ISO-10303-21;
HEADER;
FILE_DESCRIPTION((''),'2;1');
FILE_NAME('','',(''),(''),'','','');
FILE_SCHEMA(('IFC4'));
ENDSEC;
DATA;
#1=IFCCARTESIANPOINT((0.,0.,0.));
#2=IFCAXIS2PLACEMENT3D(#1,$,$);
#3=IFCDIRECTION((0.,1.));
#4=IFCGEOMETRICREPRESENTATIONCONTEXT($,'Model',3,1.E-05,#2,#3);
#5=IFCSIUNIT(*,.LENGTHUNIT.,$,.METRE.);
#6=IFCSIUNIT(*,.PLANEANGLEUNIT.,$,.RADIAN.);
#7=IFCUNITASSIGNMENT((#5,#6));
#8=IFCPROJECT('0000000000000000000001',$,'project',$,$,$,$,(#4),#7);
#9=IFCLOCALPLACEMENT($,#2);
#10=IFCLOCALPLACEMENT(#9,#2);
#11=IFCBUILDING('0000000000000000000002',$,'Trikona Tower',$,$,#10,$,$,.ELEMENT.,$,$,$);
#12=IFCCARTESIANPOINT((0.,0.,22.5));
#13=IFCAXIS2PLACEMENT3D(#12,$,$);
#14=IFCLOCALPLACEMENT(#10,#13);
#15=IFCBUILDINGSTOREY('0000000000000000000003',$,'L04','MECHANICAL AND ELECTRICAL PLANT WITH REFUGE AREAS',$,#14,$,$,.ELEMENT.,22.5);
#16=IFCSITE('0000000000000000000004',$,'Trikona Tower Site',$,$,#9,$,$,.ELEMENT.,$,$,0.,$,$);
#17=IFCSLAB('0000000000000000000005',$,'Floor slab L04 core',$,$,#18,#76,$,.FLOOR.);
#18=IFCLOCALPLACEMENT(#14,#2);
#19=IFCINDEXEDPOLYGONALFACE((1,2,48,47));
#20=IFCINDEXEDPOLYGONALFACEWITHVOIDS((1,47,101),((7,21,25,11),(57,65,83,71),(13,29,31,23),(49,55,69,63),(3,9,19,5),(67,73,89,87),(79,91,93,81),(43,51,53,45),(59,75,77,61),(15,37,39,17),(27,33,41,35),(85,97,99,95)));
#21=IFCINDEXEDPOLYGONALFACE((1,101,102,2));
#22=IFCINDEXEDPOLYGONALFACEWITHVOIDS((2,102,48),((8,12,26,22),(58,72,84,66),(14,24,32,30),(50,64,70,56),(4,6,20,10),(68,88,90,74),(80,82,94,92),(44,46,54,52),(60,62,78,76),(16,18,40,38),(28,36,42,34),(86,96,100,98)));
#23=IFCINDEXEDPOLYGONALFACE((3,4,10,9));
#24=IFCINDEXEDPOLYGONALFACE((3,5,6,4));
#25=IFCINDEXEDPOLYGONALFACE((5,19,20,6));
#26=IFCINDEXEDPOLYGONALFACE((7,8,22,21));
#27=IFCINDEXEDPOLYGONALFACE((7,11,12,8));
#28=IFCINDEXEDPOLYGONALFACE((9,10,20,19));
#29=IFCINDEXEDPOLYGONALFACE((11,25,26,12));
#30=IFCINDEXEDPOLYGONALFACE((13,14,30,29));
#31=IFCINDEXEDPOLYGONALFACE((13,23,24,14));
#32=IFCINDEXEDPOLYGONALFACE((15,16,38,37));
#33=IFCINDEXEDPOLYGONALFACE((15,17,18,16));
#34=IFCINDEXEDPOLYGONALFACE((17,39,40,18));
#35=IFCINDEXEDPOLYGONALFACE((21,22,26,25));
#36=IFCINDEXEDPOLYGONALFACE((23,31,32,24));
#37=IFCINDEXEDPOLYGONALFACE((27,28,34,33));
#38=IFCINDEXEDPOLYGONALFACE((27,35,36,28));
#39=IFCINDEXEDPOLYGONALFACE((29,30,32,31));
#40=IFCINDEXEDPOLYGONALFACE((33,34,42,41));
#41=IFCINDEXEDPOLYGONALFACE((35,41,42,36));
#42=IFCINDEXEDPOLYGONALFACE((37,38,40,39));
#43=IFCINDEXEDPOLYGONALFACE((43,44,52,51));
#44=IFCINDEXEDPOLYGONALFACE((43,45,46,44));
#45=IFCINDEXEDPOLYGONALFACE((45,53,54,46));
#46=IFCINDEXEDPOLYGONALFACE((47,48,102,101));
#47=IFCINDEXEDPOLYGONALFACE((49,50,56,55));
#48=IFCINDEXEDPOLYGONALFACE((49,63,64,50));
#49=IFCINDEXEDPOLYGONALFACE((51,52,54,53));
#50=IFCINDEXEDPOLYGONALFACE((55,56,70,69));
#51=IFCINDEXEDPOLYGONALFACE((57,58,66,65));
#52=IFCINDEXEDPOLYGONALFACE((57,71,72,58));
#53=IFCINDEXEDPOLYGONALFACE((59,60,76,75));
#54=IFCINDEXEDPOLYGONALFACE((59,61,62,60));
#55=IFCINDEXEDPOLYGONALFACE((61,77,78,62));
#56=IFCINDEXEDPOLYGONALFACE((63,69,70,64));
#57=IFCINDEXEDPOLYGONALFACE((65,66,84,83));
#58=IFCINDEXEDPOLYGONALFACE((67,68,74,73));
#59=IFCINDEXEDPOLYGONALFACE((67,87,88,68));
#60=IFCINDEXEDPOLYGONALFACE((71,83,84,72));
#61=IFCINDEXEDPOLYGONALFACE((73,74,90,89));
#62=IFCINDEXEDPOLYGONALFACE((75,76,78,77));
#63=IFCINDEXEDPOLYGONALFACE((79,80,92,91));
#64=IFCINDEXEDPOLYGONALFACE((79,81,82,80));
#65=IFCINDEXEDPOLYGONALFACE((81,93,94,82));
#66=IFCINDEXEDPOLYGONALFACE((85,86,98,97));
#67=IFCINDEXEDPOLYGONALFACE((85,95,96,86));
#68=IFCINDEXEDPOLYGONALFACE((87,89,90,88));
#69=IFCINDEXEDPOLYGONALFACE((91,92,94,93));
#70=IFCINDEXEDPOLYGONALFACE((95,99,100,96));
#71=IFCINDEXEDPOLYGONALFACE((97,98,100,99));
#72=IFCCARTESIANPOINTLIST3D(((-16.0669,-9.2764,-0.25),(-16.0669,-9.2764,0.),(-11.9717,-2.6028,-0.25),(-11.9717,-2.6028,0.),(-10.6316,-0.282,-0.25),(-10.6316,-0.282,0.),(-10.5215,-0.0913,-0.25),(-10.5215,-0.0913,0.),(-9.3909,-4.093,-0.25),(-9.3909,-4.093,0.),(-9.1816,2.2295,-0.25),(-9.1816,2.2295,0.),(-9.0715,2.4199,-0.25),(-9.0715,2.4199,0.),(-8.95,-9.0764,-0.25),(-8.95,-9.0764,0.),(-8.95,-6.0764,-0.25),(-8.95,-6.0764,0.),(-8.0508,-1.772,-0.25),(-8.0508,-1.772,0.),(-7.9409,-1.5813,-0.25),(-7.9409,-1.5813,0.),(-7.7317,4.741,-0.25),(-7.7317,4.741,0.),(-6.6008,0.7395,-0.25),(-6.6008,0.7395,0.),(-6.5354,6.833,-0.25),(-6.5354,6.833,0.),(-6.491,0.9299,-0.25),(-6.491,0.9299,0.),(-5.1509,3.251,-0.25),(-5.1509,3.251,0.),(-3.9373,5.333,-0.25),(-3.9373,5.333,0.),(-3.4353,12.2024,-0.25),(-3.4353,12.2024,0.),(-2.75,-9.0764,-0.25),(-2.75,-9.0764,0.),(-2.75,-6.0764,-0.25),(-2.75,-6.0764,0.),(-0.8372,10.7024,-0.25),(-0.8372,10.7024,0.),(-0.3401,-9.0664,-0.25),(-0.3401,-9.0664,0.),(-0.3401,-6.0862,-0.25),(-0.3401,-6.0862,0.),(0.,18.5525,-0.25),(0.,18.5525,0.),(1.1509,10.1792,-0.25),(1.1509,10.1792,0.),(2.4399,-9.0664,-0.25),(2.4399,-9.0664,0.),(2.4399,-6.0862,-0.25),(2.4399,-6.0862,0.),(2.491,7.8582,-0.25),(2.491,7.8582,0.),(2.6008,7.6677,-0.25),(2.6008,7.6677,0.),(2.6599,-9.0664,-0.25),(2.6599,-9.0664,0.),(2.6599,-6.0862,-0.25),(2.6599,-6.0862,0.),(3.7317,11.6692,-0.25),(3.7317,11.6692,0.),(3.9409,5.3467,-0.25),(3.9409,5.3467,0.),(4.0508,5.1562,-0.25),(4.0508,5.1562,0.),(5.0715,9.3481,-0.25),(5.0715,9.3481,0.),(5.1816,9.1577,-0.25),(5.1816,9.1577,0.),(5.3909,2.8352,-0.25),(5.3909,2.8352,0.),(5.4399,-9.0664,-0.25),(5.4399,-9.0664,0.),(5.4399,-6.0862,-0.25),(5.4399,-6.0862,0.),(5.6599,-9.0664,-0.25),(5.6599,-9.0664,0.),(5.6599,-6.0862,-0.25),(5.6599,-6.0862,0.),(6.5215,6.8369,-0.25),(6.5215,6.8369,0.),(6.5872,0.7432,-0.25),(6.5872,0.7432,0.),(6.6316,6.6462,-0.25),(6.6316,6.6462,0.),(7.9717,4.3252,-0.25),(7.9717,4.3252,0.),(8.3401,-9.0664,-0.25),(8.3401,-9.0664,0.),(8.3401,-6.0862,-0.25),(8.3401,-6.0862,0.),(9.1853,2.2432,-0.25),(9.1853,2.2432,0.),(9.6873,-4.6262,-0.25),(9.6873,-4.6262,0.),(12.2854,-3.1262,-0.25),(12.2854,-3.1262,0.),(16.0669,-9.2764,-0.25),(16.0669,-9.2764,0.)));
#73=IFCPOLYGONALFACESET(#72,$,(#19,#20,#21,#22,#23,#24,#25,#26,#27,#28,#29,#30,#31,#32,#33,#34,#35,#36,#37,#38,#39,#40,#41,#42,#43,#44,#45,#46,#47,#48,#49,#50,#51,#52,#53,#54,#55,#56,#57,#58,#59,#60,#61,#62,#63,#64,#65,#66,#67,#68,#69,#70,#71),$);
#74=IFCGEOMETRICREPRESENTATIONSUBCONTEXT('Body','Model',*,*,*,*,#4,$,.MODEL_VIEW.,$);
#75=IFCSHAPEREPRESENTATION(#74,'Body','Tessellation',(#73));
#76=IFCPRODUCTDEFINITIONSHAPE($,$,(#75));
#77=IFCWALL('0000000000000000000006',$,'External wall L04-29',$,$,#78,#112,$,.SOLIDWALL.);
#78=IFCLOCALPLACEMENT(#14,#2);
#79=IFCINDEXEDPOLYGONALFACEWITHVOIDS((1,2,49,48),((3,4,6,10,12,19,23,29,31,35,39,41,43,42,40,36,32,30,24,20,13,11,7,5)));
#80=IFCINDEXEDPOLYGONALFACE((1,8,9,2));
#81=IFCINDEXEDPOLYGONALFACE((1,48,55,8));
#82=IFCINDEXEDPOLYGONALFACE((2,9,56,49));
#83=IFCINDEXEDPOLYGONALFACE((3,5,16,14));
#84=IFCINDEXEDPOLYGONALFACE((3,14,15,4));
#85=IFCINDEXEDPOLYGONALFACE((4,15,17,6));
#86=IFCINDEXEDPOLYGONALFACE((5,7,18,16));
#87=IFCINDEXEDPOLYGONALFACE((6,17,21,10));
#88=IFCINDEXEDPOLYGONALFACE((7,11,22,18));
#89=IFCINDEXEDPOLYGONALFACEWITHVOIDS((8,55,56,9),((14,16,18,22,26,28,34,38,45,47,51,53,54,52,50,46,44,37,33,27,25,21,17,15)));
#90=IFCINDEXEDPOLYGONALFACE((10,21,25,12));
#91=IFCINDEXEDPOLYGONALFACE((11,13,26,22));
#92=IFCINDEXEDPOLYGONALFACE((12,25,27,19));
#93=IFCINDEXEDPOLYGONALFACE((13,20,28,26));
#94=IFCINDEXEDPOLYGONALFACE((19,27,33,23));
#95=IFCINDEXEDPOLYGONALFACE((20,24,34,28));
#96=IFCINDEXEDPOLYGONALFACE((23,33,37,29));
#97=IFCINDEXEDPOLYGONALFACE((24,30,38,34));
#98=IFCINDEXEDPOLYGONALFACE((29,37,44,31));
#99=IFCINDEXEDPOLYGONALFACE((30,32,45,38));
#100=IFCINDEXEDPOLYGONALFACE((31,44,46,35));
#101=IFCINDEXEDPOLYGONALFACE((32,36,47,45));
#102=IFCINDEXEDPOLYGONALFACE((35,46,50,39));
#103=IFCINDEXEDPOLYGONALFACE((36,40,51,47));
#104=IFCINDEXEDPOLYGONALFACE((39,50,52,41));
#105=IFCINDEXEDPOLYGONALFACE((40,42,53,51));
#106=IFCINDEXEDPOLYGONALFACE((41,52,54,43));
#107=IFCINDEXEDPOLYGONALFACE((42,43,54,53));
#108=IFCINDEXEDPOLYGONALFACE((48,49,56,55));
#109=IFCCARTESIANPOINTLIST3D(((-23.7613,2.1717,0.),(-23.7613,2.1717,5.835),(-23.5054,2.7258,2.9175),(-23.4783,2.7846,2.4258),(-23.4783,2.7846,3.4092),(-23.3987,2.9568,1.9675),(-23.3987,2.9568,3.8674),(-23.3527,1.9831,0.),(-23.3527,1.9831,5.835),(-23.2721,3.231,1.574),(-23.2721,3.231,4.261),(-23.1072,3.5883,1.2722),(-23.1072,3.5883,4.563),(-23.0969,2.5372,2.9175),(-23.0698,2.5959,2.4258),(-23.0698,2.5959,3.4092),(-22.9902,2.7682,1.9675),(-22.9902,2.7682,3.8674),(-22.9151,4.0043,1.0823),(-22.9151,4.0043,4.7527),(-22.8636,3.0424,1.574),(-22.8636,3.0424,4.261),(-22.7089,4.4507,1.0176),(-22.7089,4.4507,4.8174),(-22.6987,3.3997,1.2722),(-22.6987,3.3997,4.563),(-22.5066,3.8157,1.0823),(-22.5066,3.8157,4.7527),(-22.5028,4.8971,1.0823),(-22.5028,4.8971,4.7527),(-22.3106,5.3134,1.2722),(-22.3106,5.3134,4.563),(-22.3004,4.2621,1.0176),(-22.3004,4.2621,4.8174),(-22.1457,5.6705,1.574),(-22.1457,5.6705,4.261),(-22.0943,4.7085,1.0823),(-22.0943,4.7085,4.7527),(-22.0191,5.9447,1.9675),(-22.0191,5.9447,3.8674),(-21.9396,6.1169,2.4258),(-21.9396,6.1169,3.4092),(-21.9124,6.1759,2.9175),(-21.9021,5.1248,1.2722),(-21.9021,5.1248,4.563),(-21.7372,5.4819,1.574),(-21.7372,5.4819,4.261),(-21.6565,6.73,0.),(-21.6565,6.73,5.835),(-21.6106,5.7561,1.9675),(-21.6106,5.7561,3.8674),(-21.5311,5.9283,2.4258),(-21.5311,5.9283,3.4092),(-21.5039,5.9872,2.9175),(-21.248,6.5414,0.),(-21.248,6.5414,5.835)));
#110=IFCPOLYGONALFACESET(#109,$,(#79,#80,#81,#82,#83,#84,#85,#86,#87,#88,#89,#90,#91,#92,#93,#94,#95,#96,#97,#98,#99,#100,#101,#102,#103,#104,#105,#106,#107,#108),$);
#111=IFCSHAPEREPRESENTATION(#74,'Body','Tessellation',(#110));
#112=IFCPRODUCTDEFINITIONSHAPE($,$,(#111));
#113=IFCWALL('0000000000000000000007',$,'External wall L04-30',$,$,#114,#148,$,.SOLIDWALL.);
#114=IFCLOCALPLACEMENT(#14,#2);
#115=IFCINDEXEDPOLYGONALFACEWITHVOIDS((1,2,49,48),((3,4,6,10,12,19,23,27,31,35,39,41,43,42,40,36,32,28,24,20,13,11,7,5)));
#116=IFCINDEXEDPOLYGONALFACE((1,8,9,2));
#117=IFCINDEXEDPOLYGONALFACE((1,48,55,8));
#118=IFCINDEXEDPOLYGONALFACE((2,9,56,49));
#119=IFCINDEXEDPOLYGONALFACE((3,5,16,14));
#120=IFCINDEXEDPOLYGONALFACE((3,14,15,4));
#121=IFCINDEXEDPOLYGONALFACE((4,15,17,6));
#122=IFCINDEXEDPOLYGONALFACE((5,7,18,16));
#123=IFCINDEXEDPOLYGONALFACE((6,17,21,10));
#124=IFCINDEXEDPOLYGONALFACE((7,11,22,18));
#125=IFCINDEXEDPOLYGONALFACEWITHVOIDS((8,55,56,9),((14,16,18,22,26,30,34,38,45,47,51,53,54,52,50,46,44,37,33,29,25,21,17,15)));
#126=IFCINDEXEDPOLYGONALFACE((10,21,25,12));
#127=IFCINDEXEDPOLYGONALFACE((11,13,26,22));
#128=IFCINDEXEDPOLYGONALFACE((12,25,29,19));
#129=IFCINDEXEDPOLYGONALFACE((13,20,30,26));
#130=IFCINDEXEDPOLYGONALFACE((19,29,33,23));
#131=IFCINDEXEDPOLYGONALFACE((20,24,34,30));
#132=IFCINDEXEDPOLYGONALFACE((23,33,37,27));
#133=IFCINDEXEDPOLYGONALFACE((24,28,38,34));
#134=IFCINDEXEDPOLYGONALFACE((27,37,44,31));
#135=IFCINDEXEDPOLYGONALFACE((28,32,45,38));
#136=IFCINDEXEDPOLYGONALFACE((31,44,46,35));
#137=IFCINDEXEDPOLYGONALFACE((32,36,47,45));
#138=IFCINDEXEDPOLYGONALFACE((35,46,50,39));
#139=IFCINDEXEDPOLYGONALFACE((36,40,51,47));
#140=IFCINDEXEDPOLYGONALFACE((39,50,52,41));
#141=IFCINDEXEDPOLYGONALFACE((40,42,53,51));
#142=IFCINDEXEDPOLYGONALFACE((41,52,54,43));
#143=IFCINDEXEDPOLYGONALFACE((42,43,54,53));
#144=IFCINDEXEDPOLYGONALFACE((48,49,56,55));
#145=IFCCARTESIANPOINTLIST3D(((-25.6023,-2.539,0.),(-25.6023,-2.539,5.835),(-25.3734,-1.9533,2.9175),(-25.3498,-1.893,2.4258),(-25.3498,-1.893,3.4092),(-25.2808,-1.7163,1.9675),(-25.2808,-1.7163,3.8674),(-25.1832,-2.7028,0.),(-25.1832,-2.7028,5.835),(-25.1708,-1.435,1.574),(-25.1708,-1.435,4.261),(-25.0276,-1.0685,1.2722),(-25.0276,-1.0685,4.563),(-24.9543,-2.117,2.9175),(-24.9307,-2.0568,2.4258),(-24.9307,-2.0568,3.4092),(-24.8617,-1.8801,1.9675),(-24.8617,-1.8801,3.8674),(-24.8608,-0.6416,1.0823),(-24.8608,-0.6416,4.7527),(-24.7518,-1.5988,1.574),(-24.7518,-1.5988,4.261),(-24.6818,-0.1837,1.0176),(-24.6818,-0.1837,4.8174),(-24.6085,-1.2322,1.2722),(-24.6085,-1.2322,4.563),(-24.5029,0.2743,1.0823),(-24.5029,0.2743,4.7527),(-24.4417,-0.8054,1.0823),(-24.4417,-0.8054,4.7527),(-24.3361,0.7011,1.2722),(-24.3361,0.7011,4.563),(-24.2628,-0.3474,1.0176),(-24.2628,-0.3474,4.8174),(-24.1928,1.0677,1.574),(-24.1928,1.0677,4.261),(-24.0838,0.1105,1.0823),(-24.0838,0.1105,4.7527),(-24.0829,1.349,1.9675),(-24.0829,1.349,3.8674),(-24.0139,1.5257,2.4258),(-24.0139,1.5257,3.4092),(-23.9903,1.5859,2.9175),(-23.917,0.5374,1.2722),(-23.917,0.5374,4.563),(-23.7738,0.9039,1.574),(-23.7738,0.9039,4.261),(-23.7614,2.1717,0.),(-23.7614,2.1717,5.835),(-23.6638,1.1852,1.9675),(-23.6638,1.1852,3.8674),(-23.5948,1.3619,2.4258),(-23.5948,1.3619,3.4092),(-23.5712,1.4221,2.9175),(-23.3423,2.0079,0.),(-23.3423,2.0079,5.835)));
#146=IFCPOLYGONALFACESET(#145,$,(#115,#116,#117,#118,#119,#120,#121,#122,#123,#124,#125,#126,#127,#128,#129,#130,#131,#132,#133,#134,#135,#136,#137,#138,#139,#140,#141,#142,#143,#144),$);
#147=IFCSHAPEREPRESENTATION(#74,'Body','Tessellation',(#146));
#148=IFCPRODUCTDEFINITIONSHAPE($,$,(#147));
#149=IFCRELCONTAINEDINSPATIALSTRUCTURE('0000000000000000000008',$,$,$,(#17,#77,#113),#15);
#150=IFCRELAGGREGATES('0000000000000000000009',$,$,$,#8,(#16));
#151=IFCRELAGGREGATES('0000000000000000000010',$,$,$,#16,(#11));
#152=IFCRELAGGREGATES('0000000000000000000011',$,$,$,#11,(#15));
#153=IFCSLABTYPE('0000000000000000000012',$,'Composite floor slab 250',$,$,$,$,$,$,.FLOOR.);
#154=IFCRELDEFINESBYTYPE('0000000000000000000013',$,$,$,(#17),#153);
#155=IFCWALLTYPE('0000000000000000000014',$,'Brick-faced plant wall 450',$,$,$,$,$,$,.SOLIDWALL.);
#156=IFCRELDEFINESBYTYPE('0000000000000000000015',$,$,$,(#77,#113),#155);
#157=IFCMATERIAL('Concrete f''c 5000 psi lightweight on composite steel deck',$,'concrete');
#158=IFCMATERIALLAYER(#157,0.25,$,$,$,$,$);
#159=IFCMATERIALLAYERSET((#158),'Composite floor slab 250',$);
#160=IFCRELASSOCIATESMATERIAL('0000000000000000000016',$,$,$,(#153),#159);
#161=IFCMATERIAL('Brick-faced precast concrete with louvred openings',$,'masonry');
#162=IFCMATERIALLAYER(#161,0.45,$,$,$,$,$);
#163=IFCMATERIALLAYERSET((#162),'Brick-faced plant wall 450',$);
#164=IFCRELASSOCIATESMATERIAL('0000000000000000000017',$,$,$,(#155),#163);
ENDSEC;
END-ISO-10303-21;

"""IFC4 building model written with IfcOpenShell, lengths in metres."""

from ifc_helpers import new_model, si_unit, direction, frame, origin, place, context, subcontext, project, spatial, polyline, outline, extrude, material, layer, layer_set, type_object, element, save


model = new_model("IFC4")

# Units and contexts
model_context = context("Model", 3, precision=1e-05, world=origin(), true_north=direction((0.0, 1.0)))
body_context = subcontext(model_context, "Body", "Model", "MODEL_VIEW")
ifc_project = project(units=[si_unit("LENGTHUNIT", "METRE"), si_unit("PLANEANGLEUNIT", "RADIAN")], contexts=[model_context])

# Site, building, storey
site_placement = place(None, origin())
site = spatial("IfcSite", under=ifc_project, at=site_placement, Name="Trikona Tower Site", CompositionType="ELEMENT", RefElevation=0.0)
building_placement = place(site_placement, origin())
building = spatial("IfcBuilding", under=site, at=building_placement, Name="Trikona Tower", CompositionType="ELEMENT")
storey_placement = place(building_placement, frame((0.0, 0.0, 22.5)))
storey = spatial("IfcBuildingStorey", under=building, at=storey_placement, Name="L04", Description="MECHANICAL AND ELECTRICAL PLANT WITH REFUGE AREAS", CompositionType="ELEMENT", Elevation=22.5)

# Slab
ifc_material_1 = material(Name="Concrete f'c 5000 psi lightweight on composite steel deck", Category="concrete")
ifc_layer_1 = layer(ifc_material_1, 0.25)
ifc_layer_set_1 = layer_set([ifc_layer_1], Name="Composite floor slab 250")
slab_type = type_object("IfcSlabType", Name="Composite floor slab 250", PredefinedType="FLOOR", material=ifc_layer_set_1)
slab_placement = place(storey_placement, frame((0.0, 0.0, -0.25)))
element("IfcSlab", 1, at=slab_placement, inside=storey, type_object=slab_type, Name="Floor slab L04 core", PredefinedType="FLOOR", context=body_context, shape_type="SweptSolid", body=[
    extrude(outline(polyline([(-16.0669, -9.2764), (16.0669, -9.2764), (0.0, 18.5525), (-16.0669, -9.2764)]), holes=[polyline([(12.2854, -3.1262), (9.1853, 2.2432), (6.5872, 0.7432), (9.6873, -4.6262), (12.2854, -3.1262)]), polyline([(8.3401, -9.0664), (8.3401, -6.0862), (5.6599, -6.0862), (5.6599, -9.0664), (8.3401, -9.0664)]), polyline([(5.3909, 2.8352), (7.9717, 4.3252), (6.6316, 6.6462), (4.0508, 5.1562), (5.3909, 2.8352)]), polyline([(2.6008, 7.6677), (3.9409, 5.3467), (6.5215, 6.8369), (5.1816, 9.1577), (2.6008, 7.6677)]), polyline([(5.4399, -6.0862), (2.6599, -6.0862), (2.6599, -9.0664), (5.4399, -9.0664), (5.4399, -6.0862)]), polyline([(3.7317, 11.6692), (1.1509, 10.1792), (2.491, 7.8582), (5.0715, 9.3481), (3.7317, 11.6692)]), polyline([(-0.3401, -6.0862), (-0.3401, -9.0664), (2.4399, -9.0664), (2.4399, -6.0862), (-0.3401, -6.0862)]), polyline([(-3.4353, 12.2024), (-6.5354, 6.833), (-3.9373, 5.333), (-0.8372, 10.7024), (-3.4353, 12.2024)]), polyline([(-8.95, -9.0764), (-2.75, -9.0764), (-2.75, -6.0764), (-8.95, -6.0764), (-8.95, -9.0764)]), polyline([(-5.1509, 3.251), (-7.7317, 4.741), (-9.0715, 2.4199), (-6.491, 0.9299), (-5.1509, 3.251)]), polyline([(-7.9409, -1.5813), (-6.6008, 0.7395), (-9.1816, 2.2295), (-10.5215, -0.0913), (-7.9409, -1.5813)]), polyline([(-11.9717, -2.6028), (-9.3909, -4.093), (-8.0508, -1.772), (-10.6316, -0.282), (-11.9717, -2.6028)])]), origin(), (0.0, 0.0, 1.0), 0.25),
])

# Walls
ifc_material_2 = material(Name="Brick-faced precast concrete with louvred openings", Category="masonry")
ifc_layer_2 = layer(ifc_material_2, 0.45)
ifc_layer_set_2 = layer_set([ifc_layer_2], Name="Brick-faced plant wall 450")
wall_type_1 = type_object("IfcWallType", Name="Brick-faced plant wall 450", PredefinedType="SOLIDWALL", material=ifc_layer_set_2)
wall_1_placement = place(storey_placement, frame((-21.4524, 6.6357, 0.0), z_axis=(0.0, 0.0, 1.0), x_axis=(-0.419203, -0.907892, 0.0)))
element("IfcWall", 2, at=wall_1_placement, inside=storey, type_object=wall_type_1, Name="External wall L04-29", PredefinedType="SOLIDWALL", context=body_context, shape_type="SweptSolid", body=[
    extrude(outline(polyline([(0.0, 0.0), (5.0208, 0.0), (5.0208, 5.835), (0.0, 5.835), (0.0, 0.0)]), holes=[polyline([(4.4104, 2.9175), (4.3457, 3.4092), (4.156, 3.8674), (3.854, 4.261), (3.4604, 4.563), (3.0022, 4.7527), (2.5105, 4.8174), (2.0188, 4.7527), (1.5603, 4.563), (1.167, 4.261), (0.865, 3.8674), (0.6753, 3.4092), (0.6104, 2.9175), (0.6753, 2.4258), (0.865, 1.9675), (1.167, 1.574), (1.5603, 1.2722), (2.0188, 1.0823), (2.5105, 1.0176), (3.0022, 1.0823), (3.4604, 1.2722), (3.854, 1.574), (4.156, 1.9675), (4.3457, 2.4258), (4.4104, 2.9175)])]), frame((0.0, 0.2251, 0.0), z_axis=(0.0, -1.0, 0.0), x_axis=(1.0, 0.0, 0.0)), (0.0, 0.0, 1.0), 0.45),
])
wall_2_placement = place(storey_placement, frame((-23.552, 2.0898, 0.0), z_axis=(0.0, 0.0, 1.0), x_axis=(-0.363972, -0.93141, 0.0)))
element("IfcWall", 3, at=wall_2_placement, inside=storey, type_object=wall_type_1, Name="External wall L04-30", PredefinedType="SOLIDWALL", context=body_context, shape_type="SweptSolid", body=[
    extrude(outline(polyline([(0.0, 0.0), (5.0576, 0.0), (5.0576, 5.835), (0.0, 5.835), (0.0, 0.0)]), holes=[polyline([(4.4287, 2.9175), (4.364, 3.4092), (4.1743, 3.8674), (3.8723, 4.261), (3.4788, 4.563), (3.0205, 4.7527), (2.5288, 4.8174), (2.0371, 4.7527), (1.5789, 4.563), (1.1853, 4.261), (0.8833, 3.8674), (0.6936, 3.4092), (0.6289, 2.9175), (0.6936, 2.4258), (0.8833, 1.9675), (1.1853, 1.574), (1.5789, 1.2722), (2.0371, 1.0823), (2.5288, 1.0176), (3.0205, 1.0823), (3.4788, 1.2722), (3.8723, 1.574), (4.1743, 1.9675), (4.364, 2.4258), (4.4287, 2.9175)])]), frame((0.0, 0.2251, 0.0), z_axis=(0.0, -1.0, 0.0), x_axis=(1.0, 0.0, 0.0)), (0.0, 0.0, 1.0), 0.45),
])

save(model, "model.ifc")
